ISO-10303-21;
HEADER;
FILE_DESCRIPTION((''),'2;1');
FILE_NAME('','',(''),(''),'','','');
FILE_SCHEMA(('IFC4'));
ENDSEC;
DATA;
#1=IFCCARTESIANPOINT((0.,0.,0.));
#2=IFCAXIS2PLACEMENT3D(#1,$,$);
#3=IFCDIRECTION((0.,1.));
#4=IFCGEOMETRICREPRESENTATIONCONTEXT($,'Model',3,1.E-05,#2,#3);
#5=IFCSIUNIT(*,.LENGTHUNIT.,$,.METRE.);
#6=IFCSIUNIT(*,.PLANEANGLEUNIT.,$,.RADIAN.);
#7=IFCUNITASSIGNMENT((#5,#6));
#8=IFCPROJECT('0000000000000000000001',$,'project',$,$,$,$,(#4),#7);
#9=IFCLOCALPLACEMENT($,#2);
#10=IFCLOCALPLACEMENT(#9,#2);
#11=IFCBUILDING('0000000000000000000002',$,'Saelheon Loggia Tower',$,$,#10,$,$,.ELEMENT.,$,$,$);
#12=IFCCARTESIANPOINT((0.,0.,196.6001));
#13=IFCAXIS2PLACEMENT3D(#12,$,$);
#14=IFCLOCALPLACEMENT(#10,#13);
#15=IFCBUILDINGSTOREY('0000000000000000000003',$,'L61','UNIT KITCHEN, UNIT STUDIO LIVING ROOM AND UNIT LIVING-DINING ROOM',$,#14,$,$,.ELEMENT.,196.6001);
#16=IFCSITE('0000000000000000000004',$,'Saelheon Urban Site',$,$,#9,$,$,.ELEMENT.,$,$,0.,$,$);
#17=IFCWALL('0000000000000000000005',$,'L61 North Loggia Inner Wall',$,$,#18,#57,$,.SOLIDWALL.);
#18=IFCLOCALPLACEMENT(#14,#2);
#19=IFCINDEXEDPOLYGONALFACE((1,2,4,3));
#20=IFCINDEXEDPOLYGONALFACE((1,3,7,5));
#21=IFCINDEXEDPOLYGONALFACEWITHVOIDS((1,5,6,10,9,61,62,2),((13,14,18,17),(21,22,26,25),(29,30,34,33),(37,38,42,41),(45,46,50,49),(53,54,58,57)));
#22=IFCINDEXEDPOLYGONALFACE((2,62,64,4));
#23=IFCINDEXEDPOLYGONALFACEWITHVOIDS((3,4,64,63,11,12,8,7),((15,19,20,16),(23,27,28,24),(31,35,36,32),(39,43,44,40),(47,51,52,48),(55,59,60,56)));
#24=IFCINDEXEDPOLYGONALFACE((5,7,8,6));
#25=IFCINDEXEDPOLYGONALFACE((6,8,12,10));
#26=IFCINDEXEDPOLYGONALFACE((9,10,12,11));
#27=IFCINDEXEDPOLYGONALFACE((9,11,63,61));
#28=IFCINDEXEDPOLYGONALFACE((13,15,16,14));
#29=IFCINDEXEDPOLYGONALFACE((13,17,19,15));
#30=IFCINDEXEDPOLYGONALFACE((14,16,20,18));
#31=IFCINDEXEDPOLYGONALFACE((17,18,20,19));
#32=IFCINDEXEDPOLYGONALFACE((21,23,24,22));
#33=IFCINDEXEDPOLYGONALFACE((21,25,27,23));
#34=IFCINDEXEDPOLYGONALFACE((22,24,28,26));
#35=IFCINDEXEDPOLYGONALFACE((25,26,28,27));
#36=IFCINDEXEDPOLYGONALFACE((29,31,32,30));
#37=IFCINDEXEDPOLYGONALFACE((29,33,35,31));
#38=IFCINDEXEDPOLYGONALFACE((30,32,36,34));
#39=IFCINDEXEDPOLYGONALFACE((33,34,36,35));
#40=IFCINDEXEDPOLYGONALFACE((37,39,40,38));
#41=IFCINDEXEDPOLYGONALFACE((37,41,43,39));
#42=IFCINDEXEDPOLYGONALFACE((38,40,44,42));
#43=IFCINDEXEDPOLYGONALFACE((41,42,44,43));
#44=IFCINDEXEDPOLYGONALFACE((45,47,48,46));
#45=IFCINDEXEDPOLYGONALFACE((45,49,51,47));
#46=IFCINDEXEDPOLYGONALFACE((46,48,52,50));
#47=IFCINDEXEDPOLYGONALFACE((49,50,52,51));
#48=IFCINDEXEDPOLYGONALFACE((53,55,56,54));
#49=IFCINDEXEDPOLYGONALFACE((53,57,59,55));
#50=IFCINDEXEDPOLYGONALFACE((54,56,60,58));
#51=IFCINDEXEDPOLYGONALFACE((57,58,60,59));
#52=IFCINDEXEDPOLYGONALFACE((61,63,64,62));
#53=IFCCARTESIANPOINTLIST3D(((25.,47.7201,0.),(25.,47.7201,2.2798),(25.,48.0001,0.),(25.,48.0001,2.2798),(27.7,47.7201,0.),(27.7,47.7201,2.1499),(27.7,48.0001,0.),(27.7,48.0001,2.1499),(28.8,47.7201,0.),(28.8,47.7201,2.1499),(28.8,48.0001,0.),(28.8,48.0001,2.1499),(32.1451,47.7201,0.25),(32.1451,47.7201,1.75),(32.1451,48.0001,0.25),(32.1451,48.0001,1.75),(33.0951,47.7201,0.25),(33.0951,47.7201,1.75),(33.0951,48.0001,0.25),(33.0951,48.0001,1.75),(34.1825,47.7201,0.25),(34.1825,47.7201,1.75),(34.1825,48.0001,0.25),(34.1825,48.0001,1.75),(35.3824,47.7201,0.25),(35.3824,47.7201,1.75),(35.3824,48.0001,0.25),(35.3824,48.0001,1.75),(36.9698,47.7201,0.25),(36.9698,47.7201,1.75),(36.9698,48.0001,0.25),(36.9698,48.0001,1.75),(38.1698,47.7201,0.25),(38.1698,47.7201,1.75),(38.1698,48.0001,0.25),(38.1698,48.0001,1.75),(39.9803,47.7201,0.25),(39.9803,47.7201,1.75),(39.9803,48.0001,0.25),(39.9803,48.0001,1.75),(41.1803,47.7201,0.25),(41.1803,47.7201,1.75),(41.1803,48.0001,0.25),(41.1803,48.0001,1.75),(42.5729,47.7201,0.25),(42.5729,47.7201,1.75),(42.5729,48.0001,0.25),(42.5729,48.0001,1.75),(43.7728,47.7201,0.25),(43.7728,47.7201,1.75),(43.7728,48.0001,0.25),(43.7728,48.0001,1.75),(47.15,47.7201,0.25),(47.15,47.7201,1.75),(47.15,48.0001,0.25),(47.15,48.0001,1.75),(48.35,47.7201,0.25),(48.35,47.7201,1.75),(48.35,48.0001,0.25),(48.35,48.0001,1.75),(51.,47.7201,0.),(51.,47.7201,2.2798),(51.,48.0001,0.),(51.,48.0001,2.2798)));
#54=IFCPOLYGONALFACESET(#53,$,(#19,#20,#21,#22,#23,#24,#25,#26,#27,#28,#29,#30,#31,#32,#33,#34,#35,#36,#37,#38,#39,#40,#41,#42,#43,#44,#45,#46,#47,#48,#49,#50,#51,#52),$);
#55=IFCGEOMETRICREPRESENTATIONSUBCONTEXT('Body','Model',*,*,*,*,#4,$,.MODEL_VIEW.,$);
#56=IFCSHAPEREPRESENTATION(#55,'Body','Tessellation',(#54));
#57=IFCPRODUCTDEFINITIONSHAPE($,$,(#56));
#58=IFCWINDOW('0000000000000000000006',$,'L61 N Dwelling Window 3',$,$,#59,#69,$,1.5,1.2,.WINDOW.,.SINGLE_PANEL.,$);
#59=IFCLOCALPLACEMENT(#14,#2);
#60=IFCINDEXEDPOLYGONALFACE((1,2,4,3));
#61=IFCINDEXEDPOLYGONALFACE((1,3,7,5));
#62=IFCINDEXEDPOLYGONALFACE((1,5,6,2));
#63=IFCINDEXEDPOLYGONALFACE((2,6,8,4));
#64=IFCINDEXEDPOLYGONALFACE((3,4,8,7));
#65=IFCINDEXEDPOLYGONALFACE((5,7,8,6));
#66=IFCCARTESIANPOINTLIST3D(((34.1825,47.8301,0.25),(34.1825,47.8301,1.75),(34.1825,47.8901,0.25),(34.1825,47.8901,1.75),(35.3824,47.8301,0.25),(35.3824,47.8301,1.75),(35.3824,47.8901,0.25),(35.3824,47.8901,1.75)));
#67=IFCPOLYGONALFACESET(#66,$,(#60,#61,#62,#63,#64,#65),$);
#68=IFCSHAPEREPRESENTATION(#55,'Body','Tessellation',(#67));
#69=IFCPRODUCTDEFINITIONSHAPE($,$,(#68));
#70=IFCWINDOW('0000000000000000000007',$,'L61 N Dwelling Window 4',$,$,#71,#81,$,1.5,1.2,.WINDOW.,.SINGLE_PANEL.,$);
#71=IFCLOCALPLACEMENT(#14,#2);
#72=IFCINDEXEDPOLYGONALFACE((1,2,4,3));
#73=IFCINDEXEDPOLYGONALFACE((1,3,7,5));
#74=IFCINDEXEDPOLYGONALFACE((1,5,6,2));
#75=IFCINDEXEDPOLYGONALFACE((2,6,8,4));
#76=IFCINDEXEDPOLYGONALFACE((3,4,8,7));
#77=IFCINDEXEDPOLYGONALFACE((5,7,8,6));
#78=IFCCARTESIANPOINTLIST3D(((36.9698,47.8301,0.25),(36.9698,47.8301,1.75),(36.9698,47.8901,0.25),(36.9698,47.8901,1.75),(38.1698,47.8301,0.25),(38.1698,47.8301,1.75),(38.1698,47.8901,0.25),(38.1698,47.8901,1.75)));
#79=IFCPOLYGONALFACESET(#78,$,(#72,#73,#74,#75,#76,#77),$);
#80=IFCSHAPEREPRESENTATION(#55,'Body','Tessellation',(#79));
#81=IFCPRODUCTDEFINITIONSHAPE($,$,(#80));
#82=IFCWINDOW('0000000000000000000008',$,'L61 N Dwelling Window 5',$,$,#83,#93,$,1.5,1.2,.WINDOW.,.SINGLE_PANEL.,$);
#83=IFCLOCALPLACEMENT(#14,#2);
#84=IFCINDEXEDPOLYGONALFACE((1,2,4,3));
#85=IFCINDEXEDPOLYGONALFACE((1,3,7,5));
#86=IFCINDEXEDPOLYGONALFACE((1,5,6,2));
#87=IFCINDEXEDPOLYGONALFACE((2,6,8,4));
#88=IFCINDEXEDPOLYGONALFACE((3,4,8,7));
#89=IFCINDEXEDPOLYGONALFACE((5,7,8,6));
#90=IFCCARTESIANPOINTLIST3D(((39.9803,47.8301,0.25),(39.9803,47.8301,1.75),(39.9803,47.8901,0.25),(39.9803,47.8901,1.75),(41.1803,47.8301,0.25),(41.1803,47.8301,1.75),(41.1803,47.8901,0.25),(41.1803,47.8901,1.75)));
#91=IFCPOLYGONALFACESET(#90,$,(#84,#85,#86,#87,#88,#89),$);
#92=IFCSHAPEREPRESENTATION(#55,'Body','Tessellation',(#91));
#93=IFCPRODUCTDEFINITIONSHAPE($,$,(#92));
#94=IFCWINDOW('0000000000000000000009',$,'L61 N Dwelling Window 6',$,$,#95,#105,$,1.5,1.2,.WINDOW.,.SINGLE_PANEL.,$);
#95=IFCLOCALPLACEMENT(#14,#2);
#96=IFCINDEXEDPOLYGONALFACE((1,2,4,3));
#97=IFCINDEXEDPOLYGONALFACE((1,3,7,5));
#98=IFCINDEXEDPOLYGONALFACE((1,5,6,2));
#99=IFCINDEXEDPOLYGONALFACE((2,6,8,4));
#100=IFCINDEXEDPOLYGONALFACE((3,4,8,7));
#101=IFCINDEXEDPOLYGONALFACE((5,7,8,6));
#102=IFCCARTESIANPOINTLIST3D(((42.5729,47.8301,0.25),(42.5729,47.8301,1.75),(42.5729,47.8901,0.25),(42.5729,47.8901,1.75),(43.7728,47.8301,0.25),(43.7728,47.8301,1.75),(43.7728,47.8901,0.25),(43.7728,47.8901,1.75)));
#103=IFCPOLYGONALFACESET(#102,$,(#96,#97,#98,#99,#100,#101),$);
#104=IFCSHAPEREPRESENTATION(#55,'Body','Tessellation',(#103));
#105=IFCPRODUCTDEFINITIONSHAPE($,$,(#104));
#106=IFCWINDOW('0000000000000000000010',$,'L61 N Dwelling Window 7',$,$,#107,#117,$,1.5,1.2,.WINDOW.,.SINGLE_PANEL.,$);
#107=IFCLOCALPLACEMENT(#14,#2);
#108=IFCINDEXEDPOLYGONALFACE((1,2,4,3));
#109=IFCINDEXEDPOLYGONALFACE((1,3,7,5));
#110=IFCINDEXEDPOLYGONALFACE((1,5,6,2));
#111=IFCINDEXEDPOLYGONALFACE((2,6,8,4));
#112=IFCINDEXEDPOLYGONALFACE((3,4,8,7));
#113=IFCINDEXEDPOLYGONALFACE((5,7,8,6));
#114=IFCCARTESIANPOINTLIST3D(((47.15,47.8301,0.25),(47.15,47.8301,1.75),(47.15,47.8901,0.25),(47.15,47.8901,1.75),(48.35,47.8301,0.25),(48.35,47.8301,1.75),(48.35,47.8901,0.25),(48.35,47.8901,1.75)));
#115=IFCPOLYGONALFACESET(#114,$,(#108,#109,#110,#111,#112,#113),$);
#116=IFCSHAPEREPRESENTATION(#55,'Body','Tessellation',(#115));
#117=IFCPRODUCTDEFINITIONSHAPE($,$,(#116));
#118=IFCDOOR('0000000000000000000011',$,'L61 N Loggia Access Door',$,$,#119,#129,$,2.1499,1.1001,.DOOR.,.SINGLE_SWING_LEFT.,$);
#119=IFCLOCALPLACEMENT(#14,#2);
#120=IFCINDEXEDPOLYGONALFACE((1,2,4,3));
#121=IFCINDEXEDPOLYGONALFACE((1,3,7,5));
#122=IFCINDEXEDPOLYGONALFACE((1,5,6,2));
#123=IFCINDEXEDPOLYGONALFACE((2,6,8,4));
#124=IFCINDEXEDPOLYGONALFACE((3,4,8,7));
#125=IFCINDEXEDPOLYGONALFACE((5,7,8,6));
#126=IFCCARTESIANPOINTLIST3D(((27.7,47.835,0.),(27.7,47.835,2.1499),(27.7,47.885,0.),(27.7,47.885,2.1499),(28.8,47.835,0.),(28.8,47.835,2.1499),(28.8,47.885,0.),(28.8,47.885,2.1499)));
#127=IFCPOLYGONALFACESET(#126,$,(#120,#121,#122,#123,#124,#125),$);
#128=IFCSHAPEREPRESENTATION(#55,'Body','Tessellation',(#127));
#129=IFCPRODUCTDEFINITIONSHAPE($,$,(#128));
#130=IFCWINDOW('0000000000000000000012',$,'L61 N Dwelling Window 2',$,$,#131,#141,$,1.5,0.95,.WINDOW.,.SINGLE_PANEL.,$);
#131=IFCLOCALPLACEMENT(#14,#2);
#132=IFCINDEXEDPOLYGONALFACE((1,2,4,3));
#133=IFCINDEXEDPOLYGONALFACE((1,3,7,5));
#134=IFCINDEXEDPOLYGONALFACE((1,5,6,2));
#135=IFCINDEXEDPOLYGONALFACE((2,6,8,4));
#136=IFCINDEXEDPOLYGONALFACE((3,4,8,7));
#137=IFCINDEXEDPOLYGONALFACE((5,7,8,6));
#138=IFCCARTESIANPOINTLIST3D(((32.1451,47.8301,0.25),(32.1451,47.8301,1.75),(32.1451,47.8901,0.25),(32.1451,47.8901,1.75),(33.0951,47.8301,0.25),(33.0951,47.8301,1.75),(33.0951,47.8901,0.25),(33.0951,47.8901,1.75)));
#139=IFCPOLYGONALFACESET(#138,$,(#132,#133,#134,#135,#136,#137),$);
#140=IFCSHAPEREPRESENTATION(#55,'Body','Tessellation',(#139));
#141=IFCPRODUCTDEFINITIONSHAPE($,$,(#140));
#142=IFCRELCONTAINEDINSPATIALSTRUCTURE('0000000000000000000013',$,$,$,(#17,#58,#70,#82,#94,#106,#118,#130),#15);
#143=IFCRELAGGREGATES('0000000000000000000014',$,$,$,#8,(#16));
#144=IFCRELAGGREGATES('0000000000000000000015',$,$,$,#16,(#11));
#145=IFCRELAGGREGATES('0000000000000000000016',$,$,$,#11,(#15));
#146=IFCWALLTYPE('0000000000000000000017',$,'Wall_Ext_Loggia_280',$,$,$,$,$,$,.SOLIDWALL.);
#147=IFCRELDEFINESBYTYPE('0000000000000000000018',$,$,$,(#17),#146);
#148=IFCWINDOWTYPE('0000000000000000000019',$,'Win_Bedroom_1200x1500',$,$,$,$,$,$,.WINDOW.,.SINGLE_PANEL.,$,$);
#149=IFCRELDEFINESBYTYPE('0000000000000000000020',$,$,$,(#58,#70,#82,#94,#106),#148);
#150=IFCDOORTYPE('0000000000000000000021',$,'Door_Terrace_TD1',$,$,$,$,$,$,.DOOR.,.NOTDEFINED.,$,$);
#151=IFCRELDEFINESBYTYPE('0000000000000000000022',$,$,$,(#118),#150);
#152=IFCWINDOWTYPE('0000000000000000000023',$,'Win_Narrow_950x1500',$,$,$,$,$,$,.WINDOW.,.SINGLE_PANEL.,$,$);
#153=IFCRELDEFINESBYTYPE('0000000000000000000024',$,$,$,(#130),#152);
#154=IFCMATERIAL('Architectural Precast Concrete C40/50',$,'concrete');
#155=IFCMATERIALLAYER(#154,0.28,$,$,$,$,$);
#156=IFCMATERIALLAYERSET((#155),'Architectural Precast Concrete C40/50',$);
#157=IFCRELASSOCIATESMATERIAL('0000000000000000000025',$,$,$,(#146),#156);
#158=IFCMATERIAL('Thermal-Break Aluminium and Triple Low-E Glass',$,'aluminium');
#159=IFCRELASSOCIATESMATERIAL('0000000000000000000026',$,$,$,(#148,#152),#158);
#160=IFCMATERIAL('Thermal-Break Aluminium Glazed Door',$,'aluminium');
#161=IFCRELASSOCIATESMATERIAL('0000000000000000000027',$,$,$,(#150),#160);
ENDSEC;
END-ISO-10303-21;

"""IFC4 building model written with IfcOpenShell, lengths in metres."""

from ifc_helpers import new_model, si_unit, direction, frame, frame_2d, origin, place, context, subcontext, project, spatial, rectangle, extrude, source, transform, mapped, material, layer, layer_set, type_object, element, fill, save


model = new_model("IFC4")

# Units and contexts
model_context = context("Model", 3, precision=1e-05, world=origin(), true_north=direction((0.0, 1.0)))
body_context = subcontext(model_context, "Body", "Model", "MODEL_VIEW")
ifc_project = project(units=[si_unit("LENGTHUNIT", "METRE"), si_unit("PLANEANGLEUNIT", "RADIAN")], contexts=[model_context])

# Site, building, storey
site_placement = place(None, origin())
site = spatial("IfcSite", under=ifc_project, at=site_placement, Name="Saelheon Urban Site", CompositionType="ELEMENT", RefElevation=0.0)
building_placement = place(site_placement, origin())
building = spatial("IfcBuilding", under=site, at=building_placement, Name="Saelheon Loggia Tower", CompositionType="ELEMENT")
storey_placement = place(building_placement, frame((0.0, 0.0, 196.6001)))
storey = spatial("IfcBuildingStorey", under=building, at=storey_placement, Name="L61", Description="UNIT KITCHEN, UNIT STUDIO LIVING ROOM AND UNIT LIVING-DINING ROOM", CompositionType="ELEMENT", Elevation=196.6001)

# Wall, openings, windows, door
ifc_material_1 = material(Name="Architectural Precast Concrete C40/50", Category="concrete")
ifc_layer_1 = layer(ifc_material_1, 0.28)
ifc_layer_set_1 = layer_set([ifc_layer_1], Name="Architectural Precast Concrete C40/50")
wall_type = type_object("IfcWallType", Name="Wall_Ext_Loggia_280", PredefinedType="SOLIDWALL", material=ifc_layer_set_1)
wall_placement = place(storey_placement, frame((25.0, 47.8601, 0.0), z_axis=(0.0, 0.0, 1.0), x_axis=(1.0, 0.0, 0.0)))
wall = element("IfcWall", 1, at=wall_placement, inside=storey, type_object=wall_type, Name="L61 North Loggia Inner Wall", PredefinedType="SOLIDWALL", context=body_context, shape_type="SweptSolid", body=[
    extrude(rectangle(XDim=26.0, YDim=0.28, at=frame_2d((13.0, 0.0))), origin(), (0.0, 0.0, 1.0), 2.2798),
])
opening_1_placement = place(wall_placement, frame((2.7, 0.0, 0.0)))
opening_1 = element("IfcOpeningElement", 2, at=opening_1_placement, cuts=wall, PredefinedType="OPENING", context=body_context, shape_type="SweptSolid", body=[
    extrude(rectangle(XDim=1.1001, YDim=2.1499, at=frame_2d((0.55, 1.075))), frame((0.0, 0.1521, 0.0), z_axis=(0.0, -1.0, 0.0), x_axis=(1.0, 0.0, 0.0)), (0.0, 0.0, 1.0), 0.304),
])
opening_2_placement = place(wall_placement, frame((7.145, 0.0, 0.25)))
opening_2 = element("IfcOpeningElement", 3, at=opening_2_placement, cuts=wall, PredefinedType="OPENING", context=body_context, shape_type="SweptSolid", body=[
    extrude(rectangle(XDim=0.95, YDim=1.5, at=frame_2d((0.4751, 0.75))), frame((0.0, 0.1521, 0.0), z_axis=(0.0, -1.0, 0.0), x_axis=(1.0, 0.0, 0.0)), (0.0, 0.0, 1.0), 0.304),
])
opening_3_placement = place(wall_placement, frame((9.1824, 0.0, 0.25)))
opening_3 = element("IfcOpeningElement", 4, at=opening_3_placement, cuts=wall, PredefinedType="OPENING", context=body_context, shape_type="SweptSolid", body=[
    extrude(rectangle(XDim=1.2, YDim=1.5, at=frame_2d((0.6001, 0.75))), frame((0.0, 0.1521, 0.0), z_axis=(0.0, -1.0, 0.0), x_axis=(1.0, 0.0, 0.0)), (0.0, 0.0, 1.0), 0.304),
])
opening_4_placement = place(wall_placement, frame((11.9697, 0.0, 0.25)))
opening_4 = element("IfcOpeningElement", 5, at=opening_4_placement, cuts=wall, PredefinedType="OPENING", context=body_context, shape_type="SweptSolid", body=[
    extrude(rectangle(XDim=1.2, YDim=1.5, at=frame_2d((0.6001, 0.75))), frame((0.0, 0.1521, 0.0), z_axis=(0.0, -1.0, 0.0), x_axis=(1.0, 0.0, 0.0)), (0.0, 0.0, 1.0), 0.304),
])
opening_5_placement = place(wall_placement, frame((14.9802, 0.0, 0.25)))
opening_5 = element("IfcOpeningElement", 6, at=opening_5_placement, cuts=wall, PredefinedType="OPENING", context=body_context, shape_type="SweptSolid", body=[
    extrude(rectangle(XDim=1.2, YDim=1.5, at=frame_2d((0.6001, 0.75))), frame((0.0, 0.1521, 0.0), z_axis=(0.0, -1.0, 0.0), x_axis=(1.0, 0.0, 0.0)), (0.0, 0.0, 1.0), 0.304),
])
opening_6_placement = place(wall_placement, frame((17.5728, 0.0, 0.25)))
opening_6 = element("IfcOpeningElement", 7, at=opening_6_placement, cuts=wall, PredefinedType="OPENING", context=body_context, shape_type="SweptSolid", body=[
    extrude(rectangle(XDim=1.2, YDim=1.5, at=frame_2d((0.6001, 0.75))), frame((0.0, 0.1521, 0.0), z_axis=(0.0, -1.0, 0.0), x_axis=(1.0, 0.0, 0.0)), (0.0, 0.0, 1.0), 0.304),
])
opening_7_placement = place(wall_placement, frame((22.1499, 0.0, 0.25)))
opening_7 = element("IfcOpeningElement", 8, at=opening_7_placement, cuts=wall, PredefinedType="OPENING", context=body_context, shape_type="SweptSolid", body=[
    extrude(rectangle(XDim=1.2, YDim=1.5, at=frame_2d((0.6001, 0.75))), frame((0.0, 0.1521, 0.0), z_axis=(0.0, -1.0, 0.0), x_axis=(1.0, 0.0, 0.0)), (0.0, 0.0, 1.0), 0.304),
])
ifc_material_2 = material(Name="Thermal-Break Aluminium and Triple Low-E Glass", Category="aluminium")
window_type_1 = type_object("IfcWindowType", Name="Win_Bedroom_1200x1500", PartitioningType="SINGLE_PANEL", PredefinedType="WINDOW", material=ifc_material_2)
shared_shape_1 = source(origin(), body_context, "Body", "SweptSolid", [
    extrude(rectangle(XDim=1.2, YDim=1.5, at=frame_2d((0.6001, 0.75))), frame((0.0, 0.03, 0.0), z_axis=(0.0, -1.0, 0.0), x_axis=(1.0, 0.0, 0.0)), (0.0, 0.0, 1.0), 0.0601),
])
window_1_placement = place(opening_3_placement, origin())
window_1 = element("IfcWindow", 9, at=window_1_placement, inside=storey, type_object=window_type_1, Name="L61 N Dwelling Window 3", OverallHeight=1.5, OverallWidth=1.2, PartitioningType="SINGLE_PANEL", PredefinedType="WINDOW", context=body_context, shape_type="MappedRepresentation", body=[
    mapped(shared_shape_1, transform((0.0, 0.0, 0.0), scale=1.0)),
])
fill(opening_3, window_1)
window_2_placement = place(opening_4_placement, origin())
window_2 = element("IfcWindow", 10, at=window_2_placement, inside=storey, type_object=window_type_1, Name="L61 N Dwelling Window 4", OverallHeight=1.5, OverallWidth=1.2, PartitioningType="SINGLE_PANEL", PredefinedType="WINDOW", context=body_context, shape_type="MappedRepresentation", body=[
    mapped(shared_shape_1, transform((0.0, 0.0, 0.0), scale=1.0)),
])
fill(opening_4, window_2)
window_3_placement = place(opening_5_placement, origin())
window_3 = element("IfcWindow", 11, at=window_3_placement, inside=storey, type_object=window_type_1, Name="L61 N Dwelling Window 5", OverallHeight=1.5, OverallWidth=1.2, PartitioningType="SINGLE_PANEL", PredefinedType="WINDOW", context=body_context, shape_type="MappedRepresentation", body=[
    mapped(shared_shape_1, transform((0.0, 0.0, 0.0), scale=1.0)),
])
fill(opening_5, window_3)
window_4_placement = place(opening_6_placement, origin())
window_4 = element("IfcWindow", 12, at=window_4_placement, inside=storey, type_object=window_type_1, Name="L61 N Dwelling Window 6", OverallHeight=1.5, OverallWidth=1.2, PartitioningType="SINGLE_PANEL", PredefinedType="WINDOW", context=body_context, shape_type="MappedRepresentation", body=[
    mapped(shared_shape_1, transform((0.0, 0.0, 0.0), scale=1.0)),
])
fill(opening_6, window_4)
window_5_placement = place(opening_7_placement, origin())
window_5 = element("IfcWindow", 13, at=window_5_placement, inside=storey, type_object=window_type_1, Name="L61 N Dwelling Window 7", OverallHeight=1.5, OverallWidth=1.2, PartitioningType="SINGLE_PANEL", PredefinedType="WINDOW", context=body_context, shape_type="MappedRepresentation", body=[
    mapped(shared_shape_1, transform((0.0, 0.0, 0.0), scale=1.0)),
])
fill(opening_7, window_5)
ifc_material_3 = material(Name="Thermal-Break Aluminium Glazed Door", Category="aluminium")
door_type = type_object("IfcDoorType", Name="Door_Terrace_TD1", OperationType="NOTDEFINED", PredefinedType="DOOR", material=ifc_material_3)
shared_shape_2 = source(origin(), body_context, "Body", "SweptSolid", [
    extrude(rectangle(XDim=1.1001, YDim=2.1499, at=frame_2d((0.55, 1.075))), frame((0.0, 0.0249, 0.0), z_axis=(0.0, -1.0, 0.0), x_axis=(1.0, 0.0, 0.0)), (0.0, 0.0, 1.0), 0.05),
])
door_placement = place(opening_1_placement, origin())
door = element("IfcDoor", 14, at=door_placement, inside=storey, type_object=door_type, Name="L61 N Loggia Access Door", OperationType="SINGLE_SWING_LEFT", OverallHeight=2.1499, OverallWidth=1.1001, PredefinedType="DOOR", context=body_context, shape_type="MappedRepresentation", body=[
    mapped(shared_shape_2, transform((0.0, 0.0, 0.0), scale=1.0)),
])
fill(opening_1, door)
window_type_2 = type_object("IfcWindowType", Name="Win_Narrow_950x1500", PartitioningType="SINGLE_PANEL", PredefinedType="WINDOW", material=ifc_material_2)
shared_shape_3 = source(origin(), body_context, "Body", "SweptSolid", [
    extrude(rectangle(XDim=0.95, YDim=1.5, at=frame_2d((0.4751, 0.75))), frame((0.0, 0.03, 0.0), z_axis=(0.0, -1.0, 0.0), x_axis=(1.0, 0.0, 0.0)), (0.0, 0.0, 1.0), 0.0601),
])
window_6_placement = place(opening_2_placement, origin())
window_6 = element("IfcWindow", 15, at=window_6_placement, inside=storey, type_object=window_type_2, Name="L61 N Dwelling Window 2", OverallHeight=1.5, OverallWidth=0.95, PartitioningType="SINGLE_PANEL", PredefinedType="WINDOW", context=body_context, shape_type="MappedRepresentation", body=[
    mapped(shared_shape_3, transform((0.0, 0.0, 0.0), scale=1.0)),
])
fill(opening_2, window_6)

save(model, "model.ifc")
